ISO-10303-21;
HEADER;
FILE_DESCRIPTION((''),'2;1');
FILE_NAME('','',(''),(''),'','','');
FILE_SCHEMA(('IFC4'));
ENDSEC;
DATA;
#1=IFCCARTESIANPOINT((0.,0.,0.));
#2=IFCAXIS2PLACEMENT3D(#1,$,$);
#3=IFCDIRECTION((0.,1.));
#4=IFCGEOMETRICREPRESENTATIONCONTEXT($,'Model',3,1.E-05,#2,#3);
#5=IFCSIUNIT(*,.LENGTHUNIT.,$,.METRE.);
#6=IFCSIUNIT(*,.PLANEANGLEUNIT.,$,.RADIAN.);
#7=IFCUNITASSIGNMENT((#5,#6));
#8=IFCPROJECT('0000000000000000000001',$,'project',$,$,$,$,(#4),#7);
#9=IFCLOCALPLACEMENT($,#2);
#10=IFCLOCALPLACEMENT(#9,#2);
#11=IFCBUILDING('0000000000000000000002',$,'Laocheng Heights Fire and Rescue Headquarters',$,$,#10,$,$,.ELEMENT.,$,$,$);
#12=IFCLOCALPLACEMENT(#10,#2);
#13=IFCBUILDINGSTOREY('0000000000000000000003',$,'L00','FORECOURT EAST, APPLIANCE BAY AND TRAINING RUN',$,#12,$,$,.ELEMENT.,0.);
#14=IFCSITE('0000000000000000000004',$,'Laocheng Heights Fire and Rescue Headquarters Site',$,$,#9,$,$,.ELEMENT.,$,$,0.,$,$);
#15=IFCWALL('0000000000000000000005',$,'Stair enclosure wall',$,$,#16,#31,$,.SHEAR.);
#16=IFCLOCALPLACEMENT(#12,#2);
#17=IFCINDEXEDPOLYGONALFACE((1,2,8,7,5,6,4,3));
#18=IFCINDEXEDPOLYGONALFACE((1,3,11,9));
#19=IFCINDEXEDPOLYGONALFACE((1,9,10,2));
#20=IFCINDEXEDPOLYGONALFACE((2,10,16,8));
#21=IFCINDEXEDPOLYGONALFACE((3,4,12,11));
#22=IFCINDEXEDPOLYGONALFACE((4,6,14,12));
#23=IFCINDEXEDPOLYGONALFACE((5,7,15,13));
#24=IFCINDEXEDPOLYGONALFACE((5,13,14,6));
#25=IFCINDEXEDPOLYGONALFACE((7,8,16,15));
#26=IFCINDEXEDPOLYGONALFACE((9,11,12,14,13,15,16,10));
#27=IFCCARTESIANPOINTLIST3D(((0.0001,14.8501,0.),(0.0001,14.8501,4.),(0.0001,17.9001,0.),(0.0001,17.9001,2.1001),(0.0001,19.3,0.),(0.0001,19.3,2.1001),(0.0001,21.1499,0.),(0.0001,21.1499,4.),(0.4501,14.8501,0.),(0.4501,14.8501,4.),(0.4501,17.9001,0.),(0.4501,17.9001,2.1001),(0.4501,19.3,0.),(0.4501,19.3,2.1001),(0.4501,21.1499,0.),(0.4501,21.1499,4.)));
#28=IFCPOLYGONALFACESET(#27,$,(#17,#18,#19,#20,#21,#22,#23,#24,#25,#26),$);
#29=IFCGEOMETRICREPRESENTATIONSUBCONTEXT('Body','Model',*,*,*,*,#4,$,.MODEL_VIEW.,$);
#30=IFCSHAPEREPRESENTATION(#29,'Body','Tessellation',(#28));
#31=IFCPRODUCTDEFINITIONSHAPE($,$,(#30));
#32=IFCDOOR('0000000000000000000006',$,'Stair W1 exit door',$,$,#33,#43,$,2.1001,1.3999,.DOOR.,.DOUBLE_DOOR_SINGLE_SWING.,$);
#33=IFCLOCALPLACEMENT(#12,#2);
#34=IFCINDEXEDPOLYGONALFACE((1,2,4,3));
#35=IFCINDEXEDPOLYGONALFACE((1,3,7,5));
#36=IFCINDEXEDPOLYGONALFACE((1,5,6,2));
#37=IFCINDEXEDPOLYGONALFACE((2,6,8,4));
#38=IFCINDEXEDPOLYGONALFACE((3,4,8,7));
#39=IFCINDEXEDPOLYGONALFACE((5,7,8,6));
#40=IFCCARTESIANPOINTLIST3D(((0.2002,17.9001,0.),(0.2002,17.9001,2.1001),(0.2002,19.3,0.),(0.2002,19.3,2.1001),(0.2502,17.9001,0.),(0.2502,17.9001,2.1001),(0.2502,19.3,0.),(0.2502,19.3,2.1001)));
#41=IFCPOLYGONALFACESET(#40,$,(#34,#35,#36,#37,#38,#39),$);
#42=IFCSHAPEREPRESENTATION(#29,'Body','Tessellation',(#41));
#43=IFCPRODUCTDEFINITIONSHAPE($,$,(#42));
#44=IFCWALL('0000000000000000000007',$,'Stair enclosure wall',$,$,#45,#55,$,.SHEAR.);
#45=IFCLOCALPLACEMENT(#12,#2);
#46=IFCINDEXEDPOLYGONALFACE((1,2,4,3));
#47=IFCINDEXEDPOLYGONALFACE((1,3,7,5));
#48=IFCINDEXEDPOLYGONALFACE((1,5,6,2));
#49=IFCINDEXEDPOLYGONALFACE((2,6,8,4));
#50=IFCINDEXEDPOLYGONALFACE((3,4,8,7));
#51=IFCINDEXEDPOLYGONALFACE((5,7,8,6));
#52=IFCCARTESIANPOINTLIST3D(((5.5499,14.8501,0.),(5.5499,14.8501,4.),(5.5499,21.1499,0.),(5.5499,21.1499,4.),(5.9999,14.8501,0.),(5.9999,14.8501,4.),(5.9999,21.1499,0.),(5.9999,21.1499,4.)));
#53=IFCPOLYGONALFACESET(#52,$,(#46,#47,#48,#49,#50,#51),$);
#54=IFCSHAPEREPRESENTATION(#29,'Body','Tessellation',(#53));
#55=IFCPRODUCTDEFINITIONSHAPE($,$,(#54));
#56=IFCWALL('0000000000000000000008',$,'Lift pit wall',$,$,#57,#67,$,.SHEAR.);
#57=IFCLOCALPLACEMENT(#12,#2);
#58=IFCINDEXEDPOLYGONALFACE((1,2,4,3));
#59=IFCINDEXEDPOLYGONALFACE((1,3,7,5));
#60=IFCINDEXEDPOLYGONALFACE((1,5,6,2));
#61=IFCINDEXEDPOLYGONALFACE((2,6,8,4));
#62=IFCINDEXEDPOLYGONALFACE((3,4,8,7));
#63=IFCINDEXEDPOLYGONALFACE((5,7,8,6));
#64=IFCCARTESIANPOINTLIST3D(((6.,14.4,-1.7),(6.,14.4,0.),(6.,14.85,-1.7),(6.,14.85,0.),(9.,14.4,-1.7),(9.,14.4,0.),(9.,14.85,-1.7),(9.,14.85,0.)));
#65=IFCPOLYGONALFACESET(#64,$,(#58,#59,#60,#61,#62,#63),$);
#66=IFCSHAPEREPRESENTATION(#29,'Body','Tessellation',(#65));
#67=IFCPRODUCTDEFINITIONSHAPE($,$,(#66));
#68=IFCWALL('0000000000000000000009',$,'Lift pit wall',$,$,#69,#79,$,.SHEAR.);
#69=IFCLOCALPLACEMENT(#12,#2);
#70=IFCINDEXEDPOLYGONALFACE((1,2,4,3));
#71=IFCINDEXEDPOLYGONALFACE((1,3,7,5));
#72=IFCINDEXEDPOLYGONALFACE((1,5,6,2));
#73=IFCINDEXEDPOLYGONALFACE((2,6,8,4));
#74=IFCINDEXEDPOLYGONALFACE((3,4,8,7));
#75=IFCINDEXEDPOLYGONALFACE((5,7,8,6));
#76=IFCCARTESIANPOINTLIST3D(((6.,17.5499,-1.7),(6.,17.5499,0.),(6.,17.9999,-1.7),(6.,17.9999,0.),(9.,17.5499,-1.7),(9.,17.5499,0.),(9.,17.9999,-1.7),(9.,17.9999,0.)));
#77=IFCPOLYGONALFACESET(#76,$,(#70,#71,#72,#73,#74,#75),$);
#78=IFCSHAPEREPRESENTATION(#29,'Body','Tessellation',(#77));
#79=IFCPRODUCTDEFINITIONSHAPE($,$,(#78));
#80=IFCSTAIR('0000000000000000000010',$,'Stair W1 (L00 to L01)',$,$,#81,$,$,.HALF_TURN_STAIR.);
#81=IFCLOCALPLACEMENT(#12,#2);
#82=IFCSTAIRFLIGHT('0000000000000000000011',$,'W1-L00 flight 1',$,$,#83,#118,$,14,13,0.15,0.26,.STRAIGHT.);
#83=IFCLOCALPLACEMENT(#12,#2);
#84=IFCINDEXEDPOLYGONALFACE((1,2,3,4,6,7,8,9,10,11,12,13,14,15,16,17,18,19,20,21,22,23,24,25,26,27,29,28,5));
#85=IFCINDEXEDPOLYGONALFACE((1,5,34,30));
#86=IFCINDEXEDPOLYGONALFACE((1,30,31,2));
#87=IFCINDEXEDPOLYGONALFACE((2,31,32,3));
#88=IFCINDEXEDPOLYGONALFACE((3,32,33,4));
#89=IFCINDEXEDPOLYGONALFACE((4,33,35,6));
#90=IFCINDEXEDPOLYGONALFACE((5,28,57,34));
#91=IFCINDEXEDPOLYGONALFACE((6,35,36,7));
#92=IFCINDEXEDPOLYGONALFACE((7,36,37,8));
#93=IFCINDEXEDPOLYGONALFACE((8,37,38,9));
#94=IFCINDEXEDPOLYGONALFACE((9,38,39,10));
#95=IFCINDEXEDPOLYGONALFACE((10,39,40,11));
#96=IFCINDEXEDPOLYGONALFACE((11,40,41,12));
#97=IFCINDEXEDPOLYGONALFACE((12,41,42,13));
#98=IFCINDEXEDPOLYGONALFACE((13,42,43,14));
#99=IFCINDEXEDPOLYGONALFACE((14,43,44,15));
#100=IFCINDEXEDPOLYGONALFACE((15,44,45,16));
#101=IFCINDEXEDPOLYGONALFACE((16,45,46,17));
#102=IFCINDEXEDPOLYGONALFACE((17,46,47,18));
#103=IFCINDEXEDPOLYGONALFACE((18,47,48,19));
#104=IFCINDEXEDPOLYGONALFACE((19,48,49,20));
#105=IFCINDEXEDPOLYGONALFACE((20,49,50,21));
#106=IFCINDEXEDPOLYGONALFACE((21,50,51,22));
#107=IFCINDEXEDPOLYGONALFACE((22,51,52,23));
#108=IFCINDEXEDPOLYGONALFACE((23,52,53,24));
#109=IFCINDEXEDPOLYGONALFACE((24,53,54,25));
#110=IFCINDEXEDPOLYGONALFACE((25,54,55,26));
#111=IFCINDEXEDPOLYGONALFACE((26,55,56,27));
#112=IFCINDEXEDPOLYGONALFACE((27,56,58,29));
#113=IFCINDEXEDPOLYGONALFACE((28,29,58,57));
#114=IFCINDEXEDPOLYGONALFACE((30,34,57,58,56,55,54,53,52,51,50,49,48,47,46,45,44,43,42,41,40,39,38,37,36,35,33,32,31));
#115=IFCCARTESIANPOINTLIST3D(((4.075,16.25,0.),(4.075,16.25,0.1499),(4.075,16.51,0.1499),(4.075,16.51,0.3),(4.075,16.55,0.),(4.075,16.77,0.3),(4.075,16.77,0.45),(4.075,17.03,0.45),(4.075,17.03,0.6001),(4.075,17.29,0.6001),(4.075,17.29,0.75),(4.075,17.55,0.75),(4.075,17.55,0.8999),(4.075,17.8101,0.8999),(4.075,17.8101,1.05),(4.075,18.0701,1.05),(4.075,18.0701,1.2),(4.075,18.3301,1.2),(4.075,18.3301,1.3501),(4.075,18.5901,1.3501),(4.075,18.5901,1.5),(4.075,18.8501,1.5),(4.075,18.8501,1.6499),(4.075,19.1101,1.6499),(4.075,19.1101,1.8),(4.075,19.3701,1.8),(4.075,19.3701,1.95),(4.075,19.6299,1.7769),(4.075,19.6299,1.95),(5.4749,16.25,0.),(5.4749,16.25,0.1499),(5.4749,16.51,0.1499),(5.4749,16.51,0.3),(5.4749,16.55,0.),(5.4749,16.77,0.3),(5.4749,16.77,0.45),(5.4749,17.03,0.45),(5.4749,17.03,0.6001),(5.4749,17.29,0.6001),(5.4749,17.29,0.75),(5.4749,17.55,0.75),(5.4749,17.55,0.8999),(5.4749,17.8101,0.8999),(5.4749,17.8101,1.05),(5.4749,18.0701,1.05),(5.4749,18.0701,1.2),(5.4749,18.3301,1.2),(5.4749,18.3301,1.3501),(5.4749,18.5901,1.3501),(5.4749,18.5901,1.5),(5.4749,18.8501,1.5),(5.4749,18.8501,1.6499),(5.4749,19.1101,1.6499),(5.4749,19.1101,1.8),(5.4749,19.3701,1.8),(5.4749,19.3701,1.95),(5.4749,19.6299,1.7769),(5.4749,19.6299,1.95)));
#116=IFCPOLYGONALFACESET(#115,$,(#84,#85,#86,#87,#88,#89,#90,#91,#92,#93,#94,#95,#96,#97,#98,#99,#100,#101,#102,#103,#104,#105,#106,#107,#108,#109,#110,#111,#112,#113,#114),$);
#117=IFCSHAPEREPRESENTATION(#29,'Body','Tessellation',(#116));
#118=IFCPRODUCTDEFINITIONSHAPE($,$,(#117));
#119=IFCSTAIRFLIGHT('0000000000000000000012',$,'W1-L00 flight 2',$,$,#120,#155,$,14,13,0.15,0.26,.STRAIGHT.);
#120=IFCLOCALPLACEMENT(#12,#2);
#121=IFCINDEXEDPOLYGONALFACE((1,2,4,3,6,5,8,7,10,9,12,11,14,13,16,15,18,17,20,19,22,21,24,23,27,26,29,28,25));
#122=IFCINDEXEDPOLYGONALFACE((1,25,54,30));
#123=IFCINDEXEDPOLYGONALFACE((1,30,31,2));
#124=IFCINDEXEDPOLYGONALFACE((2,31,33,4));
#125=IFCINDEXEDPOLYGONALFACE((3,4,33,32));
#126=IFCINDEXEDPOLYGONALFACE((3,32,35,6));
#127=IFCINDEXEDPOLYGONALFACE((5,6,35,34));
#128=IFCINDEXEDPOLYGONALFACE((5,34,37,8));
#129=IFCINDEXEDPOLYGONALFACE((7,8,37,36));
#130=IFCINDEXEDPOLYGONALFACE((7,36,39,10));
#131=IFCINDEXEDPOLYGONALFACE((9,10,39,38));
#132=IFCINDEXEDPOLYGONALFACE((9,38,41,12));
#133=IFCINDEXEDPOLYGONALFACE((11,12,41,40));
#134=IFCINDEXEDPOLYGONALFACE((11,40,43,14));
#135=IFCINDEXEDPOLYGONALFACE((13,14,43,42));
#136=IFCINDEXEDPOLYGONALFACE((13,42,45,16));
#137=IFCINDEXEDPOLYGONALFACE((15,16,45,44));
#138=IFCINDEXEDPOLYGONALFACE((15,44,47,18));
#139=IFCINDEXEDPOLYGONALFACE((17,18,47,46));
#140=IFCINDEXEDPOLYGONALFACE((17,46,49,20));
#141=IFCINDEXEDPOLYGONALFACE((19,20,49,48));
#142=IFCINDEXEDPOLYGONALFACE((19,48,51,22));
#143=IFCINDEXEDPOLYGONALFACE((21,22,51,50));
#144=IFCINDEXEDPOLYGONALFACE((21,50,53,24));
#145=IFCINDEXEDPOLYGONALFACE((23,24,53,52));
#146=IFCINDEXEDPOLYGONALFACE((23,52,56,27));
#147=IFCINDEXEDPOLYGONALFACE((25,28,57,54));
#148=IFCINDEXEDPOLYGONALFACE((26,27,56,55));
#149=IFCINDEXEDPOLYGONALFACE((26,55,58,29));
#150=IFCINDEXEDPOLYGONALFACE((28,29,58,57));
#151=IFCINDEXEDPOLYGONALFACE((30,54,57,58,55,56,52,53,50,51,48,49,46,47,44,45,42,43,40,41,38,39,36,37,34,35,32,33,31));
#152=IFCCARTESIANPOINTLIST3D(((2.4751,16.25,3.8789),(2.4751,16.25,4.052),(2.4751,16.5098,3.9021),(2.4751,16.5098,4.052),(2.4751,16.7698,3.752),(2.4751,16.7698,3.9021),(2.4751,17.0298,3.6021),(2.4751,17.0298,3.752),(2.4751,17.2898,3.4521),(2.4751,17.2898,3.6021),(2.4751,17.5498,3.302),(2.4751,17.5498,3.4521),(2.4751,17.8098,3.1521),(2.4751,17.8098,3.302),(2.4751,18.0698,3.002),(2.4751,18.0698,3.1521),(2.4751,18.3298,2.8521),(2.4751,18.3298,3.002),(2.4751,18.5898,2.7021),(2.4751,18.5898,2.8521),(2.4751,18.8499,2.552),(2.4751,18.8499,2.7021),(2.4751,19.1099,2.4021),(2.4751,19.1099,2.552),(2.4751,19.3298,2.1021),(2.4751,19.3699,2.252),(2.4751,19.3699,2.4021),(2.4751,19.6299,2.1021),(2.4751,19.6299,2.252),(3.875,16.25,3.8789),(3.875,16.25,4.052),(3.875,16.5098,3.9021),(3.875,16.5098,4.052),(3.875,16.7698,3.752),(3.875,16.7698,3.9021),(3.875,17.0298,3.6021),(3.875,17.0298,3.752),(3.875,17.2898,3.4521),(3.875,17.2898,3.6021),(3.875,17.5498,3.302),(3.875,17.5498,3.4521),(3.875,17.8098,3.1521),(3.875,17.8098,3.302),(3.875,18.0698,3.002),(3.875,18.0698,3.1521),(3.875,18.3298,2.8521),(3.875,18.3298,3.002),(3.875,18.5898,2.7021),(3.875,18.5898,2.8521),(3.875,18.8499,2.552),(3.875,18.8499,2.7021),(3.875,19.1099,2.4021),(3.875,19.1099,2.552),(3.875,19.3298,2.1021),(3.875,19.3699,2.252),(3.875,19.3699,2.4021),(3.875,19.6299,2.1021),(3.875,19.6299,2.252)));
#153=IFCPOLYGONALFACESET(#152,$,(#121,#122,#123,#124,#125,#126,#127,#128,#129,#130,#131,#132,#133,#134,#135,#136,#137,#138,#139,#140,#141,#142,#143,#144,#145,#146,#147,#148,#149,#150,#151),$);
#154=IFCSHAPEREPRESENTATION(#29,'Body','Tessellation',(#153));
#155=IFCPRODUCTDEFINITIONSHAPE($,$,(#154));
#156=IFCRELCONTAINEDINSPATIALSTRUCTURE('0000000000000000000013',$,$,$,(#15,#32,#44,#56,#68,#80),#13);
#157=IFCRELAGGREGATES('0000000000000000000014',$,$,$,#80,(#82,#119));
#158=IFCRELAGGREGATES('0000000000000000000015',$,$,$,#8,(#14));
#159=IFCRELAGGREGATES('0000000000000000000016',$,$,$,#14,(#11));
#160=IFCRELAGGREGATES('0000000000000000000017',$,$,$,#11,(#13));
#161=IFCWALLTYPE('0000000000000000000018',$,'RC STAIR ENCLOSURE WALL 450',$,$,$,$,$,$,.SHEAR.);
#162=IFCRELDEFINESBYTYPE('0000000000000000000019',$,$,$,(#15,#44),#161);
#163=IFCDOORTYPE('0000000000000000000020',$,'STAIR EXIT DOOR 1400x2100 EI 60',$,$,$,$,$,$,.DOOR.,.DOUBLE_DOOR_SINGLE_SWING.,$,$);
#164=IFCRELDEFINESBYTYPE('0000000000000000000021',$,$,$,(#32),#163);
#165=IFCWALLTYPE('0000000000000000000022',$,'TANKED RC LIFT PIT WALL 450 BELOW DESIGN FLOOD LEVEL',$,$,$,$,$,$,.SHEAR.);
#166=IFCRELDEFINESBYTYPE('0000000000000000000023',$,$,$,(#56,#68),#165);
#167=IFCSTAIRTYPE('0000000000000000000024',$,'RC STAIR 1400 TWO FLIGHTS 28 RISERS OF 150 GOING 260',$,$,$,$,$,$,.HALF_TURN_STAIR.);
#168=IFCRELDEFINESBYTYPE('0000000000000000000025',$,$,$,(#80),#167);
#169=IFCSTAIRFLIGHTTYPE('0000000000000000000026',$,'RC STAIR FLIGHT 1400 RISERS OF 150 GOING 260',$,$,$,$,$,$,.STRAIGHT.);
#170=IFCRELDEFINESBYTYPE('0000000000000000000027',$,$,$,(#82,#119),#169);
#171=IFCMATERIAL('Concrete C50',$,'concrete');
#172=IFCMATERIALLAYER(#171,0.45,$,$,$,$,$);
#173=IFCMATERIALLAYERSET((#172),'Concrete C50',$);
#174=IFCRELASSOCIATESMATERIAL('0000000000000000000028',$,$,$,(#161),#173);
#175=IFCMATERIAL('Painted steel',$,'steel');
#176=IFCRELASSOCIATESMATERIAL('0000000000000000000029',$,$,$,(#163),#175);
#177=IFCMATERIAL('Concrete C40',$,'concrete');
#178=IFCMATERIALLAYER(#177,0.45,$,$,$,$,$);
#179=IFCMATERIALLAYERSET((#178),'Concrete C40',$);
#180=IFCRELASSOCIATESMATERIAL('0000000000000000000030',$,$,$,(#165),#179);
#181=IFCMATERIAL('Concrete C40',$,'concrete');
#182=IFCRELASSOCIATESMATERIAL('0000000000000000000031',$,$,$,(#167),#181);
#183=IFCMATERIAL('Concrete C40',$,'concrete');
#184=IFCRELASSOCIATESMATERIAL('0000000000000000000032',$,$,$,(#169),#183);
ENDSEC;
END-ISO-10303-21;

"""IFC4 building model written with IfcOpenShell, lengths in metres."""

from ifc_helpers import new_model, si_unit, direction, frame, frame_2d, origin, place, context, subcontext, project, spatial, polyline, rectangle, outline, extrude, material, layer, layer_set, type_object, element, fill, aggregate, save


model = new_model("IFC4")

# Units and contexts
model_context = context("Model", 3, precision=1e-05, world=origin(), true_north=direction((0.0, 1.0)))
body_context = subcontext(model_context, "Body", "Model", "MODEL_VIEW")
ifc_project = project(units=[si_unit("LENGTHUNIT", "METRE"), si_unit("PLANEANGLEUNIT", "RADIAN")], contexts=[model_context])

# Site, building, storey
site_placement = place(None, origin())
site = spatial("IfcSite", under=ifc_project, at=site_placement, Name="Laocheng Heights Fire and Rescue Headquarters Site", CompositionType="ELEMENT", RefElevation=0.0)
building_placement = place(site_placement, origin())
building = spatial("IfcBuilding", under=site, at=building_placement, Name="Laocheng Heights Fire and Rescue Headquarters", CompositionType="ELEMENT")
storey_placement = place(building_placement, origin())
storey = spatial("IfcBuildingStorey", under=building, at=storey_placement, Name="L00", Description="FORECOURT EAST, APPLIANCE BAY AND TRAINING RUN", CompositionType="ELEMENT", Elevation=0.0)

# Shared definitions
ifc_material_1 = material(Name="Concrete C50", Category="concrete")
ifc_layer_1 = layer(ifc_material_1, 0.45)
ifc_layer_set_1 = layer_set([ifc_layer_1], Name="Concrete C50")
wall_type_1 = type_object("IfcWallType", Name="RC STAIR ENCLOSURE WALL 450", PredefinedType="SHEAR", material=ifc_layer_set_1)

# Wall, opening, door
wall_1_placement = place(storey_placement, frame((0.2251, 14.8501, 0.0), z_axis=(0.0, 0.0, 1.0), x_axis=(0.0, 1.0, 0.0)))
wall_1 = element("IfcWall", 1, at=wall_1_placement, inside=storey, type_object=wall_type_1, Name="Stair enclosure wall", PredefinedType="SHEAR", context=body_context, shape_type="SweptSolid", body=[
    extrude(rectangle(XDim=6.2998, YDim=0.45, at=frame_2d((3.1499, 0.0))), origin(), (0.0, 0.0, 1.0), 4.0),
])
opening_1_placement = place(wall_1_placement, frame((3.05, 0.0, 0.0)))
opening_1 = element("IfcOpeningElement", 2, at=opening_1_placement, cuts=wall_1, PredefinedType="OPENING", context=body_context, shape_type="SweptSolid", body=[
    extrude(rectangle(XDim=1.3999, YDim=2.1001, at=frame_2d((0.7, 1.05))), frame((0.0, 0.2349, 0.0), z_axis=(0.0, -1.0, 0.0), x_axis=(1.0, 0.0, 0.0)), (0.0, 0.0, 1.0), 0.47),
])
ifc_material_2 = material(Name="Painted steel", Category="steel")
door_type_1 = type_object("IfcDoorType", Name="STAIR EXIT DOOR 1400x2100 EI 60", OperationType="DOUBLE_DOOR_SINGLE_SWING", PredefinedType="DOOR", material=ifc_material_2)
door_1_placement = place(opening_1_placement, origin())
door_1 = element("IfcDoor", 3, at=door_1_placement, inside=storey, type_object=door_type_1, Name="Stair W1 exit door", OperationType="DOUBLE_DOOR_SINGLE_SWING", OverallHeight=2.1001, OverallWidth=1.3999, PredefinedType="DOOR", context=body_context, shape_type="SweptSolid", body=[
    extrude(rectangle(XDim=1.3999, YDim=2.1001, at=frame_2d((0.7, 1.05))), frame((0.0, 0.0249, 0.0), z_axis=(0.0, -1.0, 0.0), x_axis=(1.0, 0.0, 0.0)), (0.0, 0.0, 1.0), 0.05),
])
fill(opening_1, door_1)

# Walls
wall_2_placement = place(storey_placement, frame((5.7749, 14.8501, 0.0), z_axis=(0.0, 0.0, 1.0), x_axis=(0.0, 1.0, 0.0)))
element("IfcWall", 4, at=wall_2_placement, inside=storey, type_object=wall_type_1, Name="Stair enclosure wall", PredefinedType="SHEAR", context=body_context, shape_type="SweptSolid", body=[
    extrude(rectangle(XDim=6.2998, YDim=0.45, at=frame_2d((3.1499, 0.0))), origin(), (0.0, 0.0, 1.0), 4.0),
])
ifc_material_3 = material(Name="Concrete C40", Category="concrete")
ifc_layer_2 = layer(ifc_material_3, 0.45)
ifc_layer_set_2 = layer_set([ifc_layer_2], Name="Concrete C40")
wall_type_2 = type_object("IfcWallType", Name="TANKED RC LIFT PIT WALL 450 BELOW DESIGN FLOOD LEVEL", PredefinedType="SHEAR", material=ifc_layer_set_2)
for number, where, z_axis, x_axis, name in (
    (5, (6.0, 14.625, -1.7), (0.0, 0.0, 1.0), (1.0, 0.0, 0.0), "Lift pit wall"),
    (6, (6.0, 17.7749, -1.7), (0.0, 0.0, 1.0), (1.0, 0.0, 0.0), "Lift pit wall"),
):
    element("IfcWall", number, at=place(storey_placement, frame(where, z_axis=z_axis, x_axis=x_axis)), inside=storey, type_object=wall_type_2, Name=name, PredefinedType="SHEAR", context=body_context, shape_type="SweptSolid", body=[
        extrude(rectangle(XDim=3.0, YDim=0.45, at=frame_2d((1.5, 0.0))), origin(), (0.0, 0.0, 1.0), 1.7),
    ])

# Stair, stair flights
ifc_material_4 = material(Name="Concrete C40", Category="concrete")
stair_type = type_object("IfcStairType", Name="RC STAIR 1400 TWO FLIGHTS 28 RISERS OF 150 GOING 260", PredefinedType="HALF_TURN_STAIR", material=ifc_material_4)
stair_placement = place(storey_placement, origin())
stair = element("IfcStair", 7, at=stair_placement, inside=storey, type_object=stair_type, Name="Stair W1 (L00 to L01)", PredefinedType="HALF_TURN_STAIR")
ifc_material_5 = material(Name="Concrete C40", Category="concrete")
stair_flight_type = type_object("IfcStairFlightType", Name="RC STAIR FLIGHT 1400 RISERS OF 150 GOING 260", PredefinedType="STRAIGHT", material=ifc_material_5)
stair_flight_1_placement = place(storey_placement, frame((4.7749, 16.25, 0.0), z_axis=(0.0, 0.0, 1.0), x_axis=(0.0, 1.0, 0.0)))
stair_flight_1 = element("IfcStairFlight", 8, at=stair_flight_1_placement, type_object=stair_flight_type, Name="W1-L00 flight 1", NumberOfRisers=14, NumberOfTreads=13, PredefinedType="STRAIGHT", RiserHeight=0.15, TreadLength=0.26, context=body_context, shape_type="SweptSolid", body=[
    extrude(outline(polyline([(0.0, 0.0), (0.0, 0.1499), (0.26, 0.1499), (0.26, 0.3), (0.52, 0.3), (0.52, 0.45), (0.78, 0.45), (0.78, 0.6001), (1.04, 0.6001), (1.04, 0.75), (1.3, 0.75), (1.3, 0.8999), (1.5601, 0.8999), (1.5601, 1.05), (1.8201, 1.05), (1.8201, 1.2), (2.0801, 1.2), (2.0801, 1.3501), (2.3401, 1.3501), (2.3401, 1.5), (2.6001, 1.5), (2.6001, 1.6499), (2.8601, 1.6499), (2.8601, 1.8), (3.1201, 1.8), (3.1201, 1.95), (3.3799, 1.95), (3.3799, 2.1001), (3.3799, 1.7769), (0.3, 0.0), (0.0, 0.0)])), frame((0.0, 0.7, 0.0), z_axis=(0.0, -1.0, 0.0), x_axis=(1.0, 0.0, 0.0)), (0.0, 0.0, 1.0), 1.3999),
])
stair_flight_2_placement = place(storey_placement, frame((3.175, 19.6299, 2.1021), z_axis=(0.0, 0.0, 1.0), x_axis=(0.0, -1.0, 0.0)))
stair_flight_2 = element("IfcStairFlight", 9, at=stair_flight_2_placement, type_object=stair_flight_type, Name="W1-L00 flight 2", NumberOfRisers=14, NumberOfTreads=13, PredefinedType="STRAIGHT", RiserHeight=0.15, TreadLength=0.26, context=body_context, shape_type="SweptSolid", body=[
    extrude(outline(polyline([(0.0, 0.0), (0.0, 0.1499), (0.26, 0.1499), (0.26, 0.3), (0.52, 0.3), (0.52, 0.45), (0.78, 0.45), (0.78, 0.6001), (1.04, 0.6001), (1.04, 0.75), (1.3, 0.75), (1.3, 0.8999), (1.5601, 0.8999), (1.5601, 1.05), (1.8201, 1.05), (1.8201, 1.2), (2.0801, 1.2), (2.0801, 1.3501), (2.3401, 1.3501), (2.3401, 1.5), (2.6001, 1.5), (2.6001, 1.6499), (2.8601, 1.6499), (2.8601, 1.8), (3.1201, 1.8), (3.1201, 1.95), (3.3799, 1.95), (3.3799, 2.1001), (3.3799, 1.7769), (0.3, 0.0), (0.0, 0.0)])), frame((0.0, 0.7, 0.0), z_axis=(0.0, -1.0, 0.0), x_axis=(1.0, 0.0, 0.0)), (0.0, 0.0, 1.0), 1.3999),
])
aggregate(stair, [stair_flight_1, stair_flight_2])

save(model, "model.ifc")
